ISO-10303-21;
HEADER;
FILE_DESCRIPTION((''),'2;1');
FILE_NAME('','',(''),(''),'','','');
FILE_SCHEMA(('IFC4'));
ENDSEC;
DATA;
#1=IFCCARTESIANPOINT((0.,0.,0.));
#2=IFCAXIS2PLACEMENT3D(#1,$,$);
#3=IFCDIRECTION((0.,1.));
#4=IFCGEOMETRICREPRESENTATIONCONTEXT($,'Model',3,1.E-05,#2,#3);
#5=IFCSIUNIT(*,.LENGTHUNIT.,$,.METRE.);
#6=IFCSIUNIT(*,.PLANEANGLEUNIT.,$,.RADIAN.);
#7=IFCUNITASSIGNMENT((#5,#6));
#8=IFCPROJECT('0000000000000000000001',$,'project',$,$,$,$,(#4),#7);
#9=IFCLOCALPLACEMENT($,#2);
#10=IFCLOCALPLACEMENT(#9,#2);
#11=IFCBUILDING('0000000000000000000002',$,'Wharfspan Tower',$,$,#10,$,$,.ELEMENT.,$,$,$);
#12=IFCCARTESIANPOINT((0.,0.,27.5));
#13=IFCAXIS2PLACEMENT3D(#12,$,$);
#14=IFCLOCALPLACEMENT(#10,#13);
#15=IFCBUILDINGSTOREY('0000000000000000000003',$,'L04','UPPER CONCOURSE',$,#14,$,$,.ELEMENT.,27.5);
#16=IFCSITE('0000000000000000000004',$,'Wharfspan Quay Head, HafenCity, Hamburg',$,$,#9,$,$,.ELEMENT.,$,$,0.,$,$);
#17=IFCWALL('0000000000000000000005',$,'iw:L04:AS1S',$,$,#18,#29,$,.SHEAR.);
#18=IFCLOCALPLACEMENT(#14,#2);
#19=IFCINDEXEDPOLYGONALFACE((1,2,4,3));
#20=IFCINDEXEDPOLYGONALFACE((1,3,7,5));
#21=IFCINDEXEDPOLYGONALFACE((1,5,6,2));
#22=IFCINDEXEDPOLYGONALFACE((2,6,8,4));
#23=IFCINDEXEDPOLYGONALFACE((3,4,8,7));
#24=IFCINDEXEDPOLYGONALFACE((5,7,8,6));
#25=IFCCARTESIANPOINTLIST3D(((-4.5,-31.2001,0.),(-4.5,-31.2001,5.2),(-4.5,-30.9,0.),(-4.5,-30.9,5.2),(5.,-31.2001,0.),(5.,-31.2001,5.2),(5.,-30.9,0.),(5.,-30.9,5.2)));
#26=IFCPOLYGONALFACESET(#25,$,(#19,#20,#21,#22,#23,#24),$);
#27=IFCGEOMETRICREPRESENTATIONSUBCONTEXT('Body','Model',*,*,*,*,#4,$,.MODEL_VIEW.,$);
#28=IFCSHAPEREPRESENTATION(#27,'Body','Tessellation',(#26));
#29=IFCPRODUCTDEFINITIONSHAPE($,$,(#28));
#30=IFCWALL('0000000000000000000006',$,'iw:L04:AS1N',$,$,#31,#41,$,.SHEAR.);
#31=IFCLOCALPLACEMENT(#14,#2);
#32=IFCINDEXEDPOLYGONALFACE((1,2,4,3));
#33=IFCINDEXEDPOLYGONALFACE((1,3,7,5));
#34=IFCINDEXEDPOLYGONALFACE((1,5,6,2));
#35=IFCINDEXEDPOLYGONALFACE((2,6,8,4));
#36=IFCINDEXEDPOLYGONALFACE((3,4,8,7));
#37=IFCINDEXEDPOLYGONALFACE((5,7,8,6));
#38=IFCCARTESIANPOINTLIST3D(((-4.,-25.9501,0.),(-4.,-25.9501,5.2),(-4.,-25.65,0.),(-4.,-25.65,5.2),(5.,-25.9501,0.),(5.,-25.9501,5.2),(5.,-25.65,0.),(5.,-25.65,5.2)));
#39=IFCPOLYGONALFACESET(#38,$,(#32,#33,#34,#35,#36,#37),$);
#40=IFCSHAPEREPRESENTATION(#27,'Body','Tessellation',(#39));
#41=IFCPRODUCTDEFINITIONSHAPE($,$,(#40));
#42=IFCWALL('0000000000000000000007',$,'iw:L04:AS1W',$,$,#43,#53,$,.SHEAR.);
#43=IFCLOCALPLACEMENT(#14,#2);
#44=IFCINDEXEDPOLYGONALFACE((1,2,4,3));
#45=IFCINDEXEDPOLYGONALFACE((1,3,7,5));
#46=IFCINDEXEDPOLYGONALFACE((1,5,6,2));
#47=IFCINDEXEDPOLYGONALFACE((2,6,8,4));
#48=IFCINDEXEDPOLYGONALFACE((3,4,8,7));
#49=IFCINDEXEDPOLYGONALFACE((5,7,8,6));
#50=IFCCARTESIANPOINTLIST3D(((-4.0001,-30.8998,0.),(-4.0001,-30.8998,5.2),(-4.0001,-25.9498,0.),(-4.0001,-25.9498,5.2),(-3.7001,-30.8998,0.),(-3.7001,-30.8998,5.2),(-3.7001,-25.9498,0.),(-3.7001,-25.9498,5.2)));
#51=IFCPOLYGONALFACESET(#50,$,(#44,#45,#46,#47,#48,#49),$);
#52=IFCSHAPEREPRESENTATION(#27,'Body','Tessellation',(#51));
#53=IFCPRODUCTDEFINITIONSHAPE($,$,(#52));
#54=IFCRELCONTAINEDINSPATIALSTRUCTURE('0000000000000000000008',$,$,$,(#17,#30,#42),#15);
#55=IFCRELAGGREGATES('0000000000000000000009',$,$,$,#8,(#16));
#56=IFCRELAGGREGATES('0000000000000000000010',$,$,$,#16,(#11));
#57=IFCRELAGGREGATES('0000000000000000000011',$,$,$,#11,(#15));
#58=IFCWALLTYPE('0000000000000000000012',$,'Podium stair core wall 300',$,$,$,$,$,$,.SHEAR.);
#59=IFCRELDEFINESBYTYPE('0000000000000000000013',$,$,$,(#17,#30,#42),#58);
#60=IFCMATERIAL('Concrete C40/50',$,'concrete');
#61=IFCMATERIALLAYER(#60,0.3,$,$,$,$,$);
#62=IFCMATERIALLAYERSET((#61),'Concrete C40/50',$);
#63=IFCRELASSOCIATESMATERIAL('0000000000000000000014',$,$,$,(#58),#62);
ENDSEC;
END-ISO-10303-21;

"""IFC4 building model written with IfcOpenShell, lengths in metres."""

from ifc_helpers import new_model, si_unit, direction, frame, frame_2d, origin, place, context, subcontext, project, spatial, rectangle, extrude, material, layer, layer_set, type_object, element, save


model = new_model("IFC4")

# Units and contexts
model_context = context("Model", 3, precision=1e-05, world=origin(), true_north=direction((0.0, 1.0)))
body_context = subcontext(model_context, "Body", "Model", "MODEL_VIEW")
ifc_project = project(units=[si_unit("LENGTHUNIT", "METRE"), si_unit("PLANEANGLEUNIT", "RADIAN")], contexts=[model_context])

# Site, building, storey
site_placement = place(None, origin())
site = spatial("IfcSite", under=ifc_project, at=site_placement, Name="Wharfspan Quay Head, HafenCity, Hamburg", CompositionType="ELEMENT", RefElevation=0.0)
building_placement = place(site_placement, origin())
building = spatial("IfcBuilding", under=site, at=building_placement, Name="Wharfspan Tower", CompositionType="ELEMENT")
storey_placement = place(building_placement, frame((0.0, 0.0, 27.5)))
storey = spatial("IfcBuildingStorey", under=building, at=storey_placement, Name="L04", Description="UPPER CONCOURSE", CompositionType="ELEMENT", Elevation=27.5)

# Walls
ifc_material_1 = material(Name="Concrete C40/50", Category="concrete")
ifc_layer_1 = layer(ifc_material_1, 0.3)
ifc_layer_set_1 = layer_set([ifc_layer_1], Name="Concrete C40/50")
wall_type_1 = type_object("IfcWallType", Name="Podium stair core wall 300", PredefinedType="SHEAR", material=ifc_layer_set_1)
wall_1_placement = place(storey_placement, frame((-4.5, -31.05, 0.0), z_axis=(0.0, 0.0, 1.0), x_axis=(1.0, 0.0, 0.0)))
element("IfcWall", 1, at=wall_1_placement, inside=storey, type_object=wall_type_1, Name="iw:L04:AS1S", PredefinedType="SHEAR", context=body_context, shape_type="SweptSolid", body=[
    extrude(rectangle(XDim=9.5, YDim=0.3, at=frame_2d((4.75, 0.0))), origin(), (0.0, 0.0, 1.0), 5.2),
])
wall_2_placement = place(storey_placement, frame((-4.0, -25.8, 0.0), z_axis=(0.0, 0.0, 1.0), x_axis=(1.0, 0.0, 0.0)))
element("IfcWall", 2, at=wall_2_placement, inside=storey, type_object=wall_type_1, Name="iw:L04:AS1N", PredefinedType="SHEAR", context=body_context, shape_type="SweptSolid", body=[
    extrude(rectangle(XDim=9.0, YDim=0.3, at=frame_2d((4.5, 0.0))), origin(), (0.0, 0.0, 1.0), 5.2),
])
wall_3_placement = place(storey_placement, frame((-3.8501, -30.8999, 0.0), z_axis=(0.0, 0.0, 1.0), x_axis=(0.0, 1.0, 0.0)))
element("IfcWall", 3, at=wall_3_placement, inside=storey, type_object=wall_type_1, Name="iw:L04:AS1W", PredefinedType="SHEAR", context=body_context, shape_type="SweptSolid", body=[
    extrude(rectangle(XDim=4.95, YDim=0.3, at=frame_2d((2.4751, 0.0))), origin(), (0.0, 0.0, 1.0), 5.2),
])

save(model, "model.ifc")
